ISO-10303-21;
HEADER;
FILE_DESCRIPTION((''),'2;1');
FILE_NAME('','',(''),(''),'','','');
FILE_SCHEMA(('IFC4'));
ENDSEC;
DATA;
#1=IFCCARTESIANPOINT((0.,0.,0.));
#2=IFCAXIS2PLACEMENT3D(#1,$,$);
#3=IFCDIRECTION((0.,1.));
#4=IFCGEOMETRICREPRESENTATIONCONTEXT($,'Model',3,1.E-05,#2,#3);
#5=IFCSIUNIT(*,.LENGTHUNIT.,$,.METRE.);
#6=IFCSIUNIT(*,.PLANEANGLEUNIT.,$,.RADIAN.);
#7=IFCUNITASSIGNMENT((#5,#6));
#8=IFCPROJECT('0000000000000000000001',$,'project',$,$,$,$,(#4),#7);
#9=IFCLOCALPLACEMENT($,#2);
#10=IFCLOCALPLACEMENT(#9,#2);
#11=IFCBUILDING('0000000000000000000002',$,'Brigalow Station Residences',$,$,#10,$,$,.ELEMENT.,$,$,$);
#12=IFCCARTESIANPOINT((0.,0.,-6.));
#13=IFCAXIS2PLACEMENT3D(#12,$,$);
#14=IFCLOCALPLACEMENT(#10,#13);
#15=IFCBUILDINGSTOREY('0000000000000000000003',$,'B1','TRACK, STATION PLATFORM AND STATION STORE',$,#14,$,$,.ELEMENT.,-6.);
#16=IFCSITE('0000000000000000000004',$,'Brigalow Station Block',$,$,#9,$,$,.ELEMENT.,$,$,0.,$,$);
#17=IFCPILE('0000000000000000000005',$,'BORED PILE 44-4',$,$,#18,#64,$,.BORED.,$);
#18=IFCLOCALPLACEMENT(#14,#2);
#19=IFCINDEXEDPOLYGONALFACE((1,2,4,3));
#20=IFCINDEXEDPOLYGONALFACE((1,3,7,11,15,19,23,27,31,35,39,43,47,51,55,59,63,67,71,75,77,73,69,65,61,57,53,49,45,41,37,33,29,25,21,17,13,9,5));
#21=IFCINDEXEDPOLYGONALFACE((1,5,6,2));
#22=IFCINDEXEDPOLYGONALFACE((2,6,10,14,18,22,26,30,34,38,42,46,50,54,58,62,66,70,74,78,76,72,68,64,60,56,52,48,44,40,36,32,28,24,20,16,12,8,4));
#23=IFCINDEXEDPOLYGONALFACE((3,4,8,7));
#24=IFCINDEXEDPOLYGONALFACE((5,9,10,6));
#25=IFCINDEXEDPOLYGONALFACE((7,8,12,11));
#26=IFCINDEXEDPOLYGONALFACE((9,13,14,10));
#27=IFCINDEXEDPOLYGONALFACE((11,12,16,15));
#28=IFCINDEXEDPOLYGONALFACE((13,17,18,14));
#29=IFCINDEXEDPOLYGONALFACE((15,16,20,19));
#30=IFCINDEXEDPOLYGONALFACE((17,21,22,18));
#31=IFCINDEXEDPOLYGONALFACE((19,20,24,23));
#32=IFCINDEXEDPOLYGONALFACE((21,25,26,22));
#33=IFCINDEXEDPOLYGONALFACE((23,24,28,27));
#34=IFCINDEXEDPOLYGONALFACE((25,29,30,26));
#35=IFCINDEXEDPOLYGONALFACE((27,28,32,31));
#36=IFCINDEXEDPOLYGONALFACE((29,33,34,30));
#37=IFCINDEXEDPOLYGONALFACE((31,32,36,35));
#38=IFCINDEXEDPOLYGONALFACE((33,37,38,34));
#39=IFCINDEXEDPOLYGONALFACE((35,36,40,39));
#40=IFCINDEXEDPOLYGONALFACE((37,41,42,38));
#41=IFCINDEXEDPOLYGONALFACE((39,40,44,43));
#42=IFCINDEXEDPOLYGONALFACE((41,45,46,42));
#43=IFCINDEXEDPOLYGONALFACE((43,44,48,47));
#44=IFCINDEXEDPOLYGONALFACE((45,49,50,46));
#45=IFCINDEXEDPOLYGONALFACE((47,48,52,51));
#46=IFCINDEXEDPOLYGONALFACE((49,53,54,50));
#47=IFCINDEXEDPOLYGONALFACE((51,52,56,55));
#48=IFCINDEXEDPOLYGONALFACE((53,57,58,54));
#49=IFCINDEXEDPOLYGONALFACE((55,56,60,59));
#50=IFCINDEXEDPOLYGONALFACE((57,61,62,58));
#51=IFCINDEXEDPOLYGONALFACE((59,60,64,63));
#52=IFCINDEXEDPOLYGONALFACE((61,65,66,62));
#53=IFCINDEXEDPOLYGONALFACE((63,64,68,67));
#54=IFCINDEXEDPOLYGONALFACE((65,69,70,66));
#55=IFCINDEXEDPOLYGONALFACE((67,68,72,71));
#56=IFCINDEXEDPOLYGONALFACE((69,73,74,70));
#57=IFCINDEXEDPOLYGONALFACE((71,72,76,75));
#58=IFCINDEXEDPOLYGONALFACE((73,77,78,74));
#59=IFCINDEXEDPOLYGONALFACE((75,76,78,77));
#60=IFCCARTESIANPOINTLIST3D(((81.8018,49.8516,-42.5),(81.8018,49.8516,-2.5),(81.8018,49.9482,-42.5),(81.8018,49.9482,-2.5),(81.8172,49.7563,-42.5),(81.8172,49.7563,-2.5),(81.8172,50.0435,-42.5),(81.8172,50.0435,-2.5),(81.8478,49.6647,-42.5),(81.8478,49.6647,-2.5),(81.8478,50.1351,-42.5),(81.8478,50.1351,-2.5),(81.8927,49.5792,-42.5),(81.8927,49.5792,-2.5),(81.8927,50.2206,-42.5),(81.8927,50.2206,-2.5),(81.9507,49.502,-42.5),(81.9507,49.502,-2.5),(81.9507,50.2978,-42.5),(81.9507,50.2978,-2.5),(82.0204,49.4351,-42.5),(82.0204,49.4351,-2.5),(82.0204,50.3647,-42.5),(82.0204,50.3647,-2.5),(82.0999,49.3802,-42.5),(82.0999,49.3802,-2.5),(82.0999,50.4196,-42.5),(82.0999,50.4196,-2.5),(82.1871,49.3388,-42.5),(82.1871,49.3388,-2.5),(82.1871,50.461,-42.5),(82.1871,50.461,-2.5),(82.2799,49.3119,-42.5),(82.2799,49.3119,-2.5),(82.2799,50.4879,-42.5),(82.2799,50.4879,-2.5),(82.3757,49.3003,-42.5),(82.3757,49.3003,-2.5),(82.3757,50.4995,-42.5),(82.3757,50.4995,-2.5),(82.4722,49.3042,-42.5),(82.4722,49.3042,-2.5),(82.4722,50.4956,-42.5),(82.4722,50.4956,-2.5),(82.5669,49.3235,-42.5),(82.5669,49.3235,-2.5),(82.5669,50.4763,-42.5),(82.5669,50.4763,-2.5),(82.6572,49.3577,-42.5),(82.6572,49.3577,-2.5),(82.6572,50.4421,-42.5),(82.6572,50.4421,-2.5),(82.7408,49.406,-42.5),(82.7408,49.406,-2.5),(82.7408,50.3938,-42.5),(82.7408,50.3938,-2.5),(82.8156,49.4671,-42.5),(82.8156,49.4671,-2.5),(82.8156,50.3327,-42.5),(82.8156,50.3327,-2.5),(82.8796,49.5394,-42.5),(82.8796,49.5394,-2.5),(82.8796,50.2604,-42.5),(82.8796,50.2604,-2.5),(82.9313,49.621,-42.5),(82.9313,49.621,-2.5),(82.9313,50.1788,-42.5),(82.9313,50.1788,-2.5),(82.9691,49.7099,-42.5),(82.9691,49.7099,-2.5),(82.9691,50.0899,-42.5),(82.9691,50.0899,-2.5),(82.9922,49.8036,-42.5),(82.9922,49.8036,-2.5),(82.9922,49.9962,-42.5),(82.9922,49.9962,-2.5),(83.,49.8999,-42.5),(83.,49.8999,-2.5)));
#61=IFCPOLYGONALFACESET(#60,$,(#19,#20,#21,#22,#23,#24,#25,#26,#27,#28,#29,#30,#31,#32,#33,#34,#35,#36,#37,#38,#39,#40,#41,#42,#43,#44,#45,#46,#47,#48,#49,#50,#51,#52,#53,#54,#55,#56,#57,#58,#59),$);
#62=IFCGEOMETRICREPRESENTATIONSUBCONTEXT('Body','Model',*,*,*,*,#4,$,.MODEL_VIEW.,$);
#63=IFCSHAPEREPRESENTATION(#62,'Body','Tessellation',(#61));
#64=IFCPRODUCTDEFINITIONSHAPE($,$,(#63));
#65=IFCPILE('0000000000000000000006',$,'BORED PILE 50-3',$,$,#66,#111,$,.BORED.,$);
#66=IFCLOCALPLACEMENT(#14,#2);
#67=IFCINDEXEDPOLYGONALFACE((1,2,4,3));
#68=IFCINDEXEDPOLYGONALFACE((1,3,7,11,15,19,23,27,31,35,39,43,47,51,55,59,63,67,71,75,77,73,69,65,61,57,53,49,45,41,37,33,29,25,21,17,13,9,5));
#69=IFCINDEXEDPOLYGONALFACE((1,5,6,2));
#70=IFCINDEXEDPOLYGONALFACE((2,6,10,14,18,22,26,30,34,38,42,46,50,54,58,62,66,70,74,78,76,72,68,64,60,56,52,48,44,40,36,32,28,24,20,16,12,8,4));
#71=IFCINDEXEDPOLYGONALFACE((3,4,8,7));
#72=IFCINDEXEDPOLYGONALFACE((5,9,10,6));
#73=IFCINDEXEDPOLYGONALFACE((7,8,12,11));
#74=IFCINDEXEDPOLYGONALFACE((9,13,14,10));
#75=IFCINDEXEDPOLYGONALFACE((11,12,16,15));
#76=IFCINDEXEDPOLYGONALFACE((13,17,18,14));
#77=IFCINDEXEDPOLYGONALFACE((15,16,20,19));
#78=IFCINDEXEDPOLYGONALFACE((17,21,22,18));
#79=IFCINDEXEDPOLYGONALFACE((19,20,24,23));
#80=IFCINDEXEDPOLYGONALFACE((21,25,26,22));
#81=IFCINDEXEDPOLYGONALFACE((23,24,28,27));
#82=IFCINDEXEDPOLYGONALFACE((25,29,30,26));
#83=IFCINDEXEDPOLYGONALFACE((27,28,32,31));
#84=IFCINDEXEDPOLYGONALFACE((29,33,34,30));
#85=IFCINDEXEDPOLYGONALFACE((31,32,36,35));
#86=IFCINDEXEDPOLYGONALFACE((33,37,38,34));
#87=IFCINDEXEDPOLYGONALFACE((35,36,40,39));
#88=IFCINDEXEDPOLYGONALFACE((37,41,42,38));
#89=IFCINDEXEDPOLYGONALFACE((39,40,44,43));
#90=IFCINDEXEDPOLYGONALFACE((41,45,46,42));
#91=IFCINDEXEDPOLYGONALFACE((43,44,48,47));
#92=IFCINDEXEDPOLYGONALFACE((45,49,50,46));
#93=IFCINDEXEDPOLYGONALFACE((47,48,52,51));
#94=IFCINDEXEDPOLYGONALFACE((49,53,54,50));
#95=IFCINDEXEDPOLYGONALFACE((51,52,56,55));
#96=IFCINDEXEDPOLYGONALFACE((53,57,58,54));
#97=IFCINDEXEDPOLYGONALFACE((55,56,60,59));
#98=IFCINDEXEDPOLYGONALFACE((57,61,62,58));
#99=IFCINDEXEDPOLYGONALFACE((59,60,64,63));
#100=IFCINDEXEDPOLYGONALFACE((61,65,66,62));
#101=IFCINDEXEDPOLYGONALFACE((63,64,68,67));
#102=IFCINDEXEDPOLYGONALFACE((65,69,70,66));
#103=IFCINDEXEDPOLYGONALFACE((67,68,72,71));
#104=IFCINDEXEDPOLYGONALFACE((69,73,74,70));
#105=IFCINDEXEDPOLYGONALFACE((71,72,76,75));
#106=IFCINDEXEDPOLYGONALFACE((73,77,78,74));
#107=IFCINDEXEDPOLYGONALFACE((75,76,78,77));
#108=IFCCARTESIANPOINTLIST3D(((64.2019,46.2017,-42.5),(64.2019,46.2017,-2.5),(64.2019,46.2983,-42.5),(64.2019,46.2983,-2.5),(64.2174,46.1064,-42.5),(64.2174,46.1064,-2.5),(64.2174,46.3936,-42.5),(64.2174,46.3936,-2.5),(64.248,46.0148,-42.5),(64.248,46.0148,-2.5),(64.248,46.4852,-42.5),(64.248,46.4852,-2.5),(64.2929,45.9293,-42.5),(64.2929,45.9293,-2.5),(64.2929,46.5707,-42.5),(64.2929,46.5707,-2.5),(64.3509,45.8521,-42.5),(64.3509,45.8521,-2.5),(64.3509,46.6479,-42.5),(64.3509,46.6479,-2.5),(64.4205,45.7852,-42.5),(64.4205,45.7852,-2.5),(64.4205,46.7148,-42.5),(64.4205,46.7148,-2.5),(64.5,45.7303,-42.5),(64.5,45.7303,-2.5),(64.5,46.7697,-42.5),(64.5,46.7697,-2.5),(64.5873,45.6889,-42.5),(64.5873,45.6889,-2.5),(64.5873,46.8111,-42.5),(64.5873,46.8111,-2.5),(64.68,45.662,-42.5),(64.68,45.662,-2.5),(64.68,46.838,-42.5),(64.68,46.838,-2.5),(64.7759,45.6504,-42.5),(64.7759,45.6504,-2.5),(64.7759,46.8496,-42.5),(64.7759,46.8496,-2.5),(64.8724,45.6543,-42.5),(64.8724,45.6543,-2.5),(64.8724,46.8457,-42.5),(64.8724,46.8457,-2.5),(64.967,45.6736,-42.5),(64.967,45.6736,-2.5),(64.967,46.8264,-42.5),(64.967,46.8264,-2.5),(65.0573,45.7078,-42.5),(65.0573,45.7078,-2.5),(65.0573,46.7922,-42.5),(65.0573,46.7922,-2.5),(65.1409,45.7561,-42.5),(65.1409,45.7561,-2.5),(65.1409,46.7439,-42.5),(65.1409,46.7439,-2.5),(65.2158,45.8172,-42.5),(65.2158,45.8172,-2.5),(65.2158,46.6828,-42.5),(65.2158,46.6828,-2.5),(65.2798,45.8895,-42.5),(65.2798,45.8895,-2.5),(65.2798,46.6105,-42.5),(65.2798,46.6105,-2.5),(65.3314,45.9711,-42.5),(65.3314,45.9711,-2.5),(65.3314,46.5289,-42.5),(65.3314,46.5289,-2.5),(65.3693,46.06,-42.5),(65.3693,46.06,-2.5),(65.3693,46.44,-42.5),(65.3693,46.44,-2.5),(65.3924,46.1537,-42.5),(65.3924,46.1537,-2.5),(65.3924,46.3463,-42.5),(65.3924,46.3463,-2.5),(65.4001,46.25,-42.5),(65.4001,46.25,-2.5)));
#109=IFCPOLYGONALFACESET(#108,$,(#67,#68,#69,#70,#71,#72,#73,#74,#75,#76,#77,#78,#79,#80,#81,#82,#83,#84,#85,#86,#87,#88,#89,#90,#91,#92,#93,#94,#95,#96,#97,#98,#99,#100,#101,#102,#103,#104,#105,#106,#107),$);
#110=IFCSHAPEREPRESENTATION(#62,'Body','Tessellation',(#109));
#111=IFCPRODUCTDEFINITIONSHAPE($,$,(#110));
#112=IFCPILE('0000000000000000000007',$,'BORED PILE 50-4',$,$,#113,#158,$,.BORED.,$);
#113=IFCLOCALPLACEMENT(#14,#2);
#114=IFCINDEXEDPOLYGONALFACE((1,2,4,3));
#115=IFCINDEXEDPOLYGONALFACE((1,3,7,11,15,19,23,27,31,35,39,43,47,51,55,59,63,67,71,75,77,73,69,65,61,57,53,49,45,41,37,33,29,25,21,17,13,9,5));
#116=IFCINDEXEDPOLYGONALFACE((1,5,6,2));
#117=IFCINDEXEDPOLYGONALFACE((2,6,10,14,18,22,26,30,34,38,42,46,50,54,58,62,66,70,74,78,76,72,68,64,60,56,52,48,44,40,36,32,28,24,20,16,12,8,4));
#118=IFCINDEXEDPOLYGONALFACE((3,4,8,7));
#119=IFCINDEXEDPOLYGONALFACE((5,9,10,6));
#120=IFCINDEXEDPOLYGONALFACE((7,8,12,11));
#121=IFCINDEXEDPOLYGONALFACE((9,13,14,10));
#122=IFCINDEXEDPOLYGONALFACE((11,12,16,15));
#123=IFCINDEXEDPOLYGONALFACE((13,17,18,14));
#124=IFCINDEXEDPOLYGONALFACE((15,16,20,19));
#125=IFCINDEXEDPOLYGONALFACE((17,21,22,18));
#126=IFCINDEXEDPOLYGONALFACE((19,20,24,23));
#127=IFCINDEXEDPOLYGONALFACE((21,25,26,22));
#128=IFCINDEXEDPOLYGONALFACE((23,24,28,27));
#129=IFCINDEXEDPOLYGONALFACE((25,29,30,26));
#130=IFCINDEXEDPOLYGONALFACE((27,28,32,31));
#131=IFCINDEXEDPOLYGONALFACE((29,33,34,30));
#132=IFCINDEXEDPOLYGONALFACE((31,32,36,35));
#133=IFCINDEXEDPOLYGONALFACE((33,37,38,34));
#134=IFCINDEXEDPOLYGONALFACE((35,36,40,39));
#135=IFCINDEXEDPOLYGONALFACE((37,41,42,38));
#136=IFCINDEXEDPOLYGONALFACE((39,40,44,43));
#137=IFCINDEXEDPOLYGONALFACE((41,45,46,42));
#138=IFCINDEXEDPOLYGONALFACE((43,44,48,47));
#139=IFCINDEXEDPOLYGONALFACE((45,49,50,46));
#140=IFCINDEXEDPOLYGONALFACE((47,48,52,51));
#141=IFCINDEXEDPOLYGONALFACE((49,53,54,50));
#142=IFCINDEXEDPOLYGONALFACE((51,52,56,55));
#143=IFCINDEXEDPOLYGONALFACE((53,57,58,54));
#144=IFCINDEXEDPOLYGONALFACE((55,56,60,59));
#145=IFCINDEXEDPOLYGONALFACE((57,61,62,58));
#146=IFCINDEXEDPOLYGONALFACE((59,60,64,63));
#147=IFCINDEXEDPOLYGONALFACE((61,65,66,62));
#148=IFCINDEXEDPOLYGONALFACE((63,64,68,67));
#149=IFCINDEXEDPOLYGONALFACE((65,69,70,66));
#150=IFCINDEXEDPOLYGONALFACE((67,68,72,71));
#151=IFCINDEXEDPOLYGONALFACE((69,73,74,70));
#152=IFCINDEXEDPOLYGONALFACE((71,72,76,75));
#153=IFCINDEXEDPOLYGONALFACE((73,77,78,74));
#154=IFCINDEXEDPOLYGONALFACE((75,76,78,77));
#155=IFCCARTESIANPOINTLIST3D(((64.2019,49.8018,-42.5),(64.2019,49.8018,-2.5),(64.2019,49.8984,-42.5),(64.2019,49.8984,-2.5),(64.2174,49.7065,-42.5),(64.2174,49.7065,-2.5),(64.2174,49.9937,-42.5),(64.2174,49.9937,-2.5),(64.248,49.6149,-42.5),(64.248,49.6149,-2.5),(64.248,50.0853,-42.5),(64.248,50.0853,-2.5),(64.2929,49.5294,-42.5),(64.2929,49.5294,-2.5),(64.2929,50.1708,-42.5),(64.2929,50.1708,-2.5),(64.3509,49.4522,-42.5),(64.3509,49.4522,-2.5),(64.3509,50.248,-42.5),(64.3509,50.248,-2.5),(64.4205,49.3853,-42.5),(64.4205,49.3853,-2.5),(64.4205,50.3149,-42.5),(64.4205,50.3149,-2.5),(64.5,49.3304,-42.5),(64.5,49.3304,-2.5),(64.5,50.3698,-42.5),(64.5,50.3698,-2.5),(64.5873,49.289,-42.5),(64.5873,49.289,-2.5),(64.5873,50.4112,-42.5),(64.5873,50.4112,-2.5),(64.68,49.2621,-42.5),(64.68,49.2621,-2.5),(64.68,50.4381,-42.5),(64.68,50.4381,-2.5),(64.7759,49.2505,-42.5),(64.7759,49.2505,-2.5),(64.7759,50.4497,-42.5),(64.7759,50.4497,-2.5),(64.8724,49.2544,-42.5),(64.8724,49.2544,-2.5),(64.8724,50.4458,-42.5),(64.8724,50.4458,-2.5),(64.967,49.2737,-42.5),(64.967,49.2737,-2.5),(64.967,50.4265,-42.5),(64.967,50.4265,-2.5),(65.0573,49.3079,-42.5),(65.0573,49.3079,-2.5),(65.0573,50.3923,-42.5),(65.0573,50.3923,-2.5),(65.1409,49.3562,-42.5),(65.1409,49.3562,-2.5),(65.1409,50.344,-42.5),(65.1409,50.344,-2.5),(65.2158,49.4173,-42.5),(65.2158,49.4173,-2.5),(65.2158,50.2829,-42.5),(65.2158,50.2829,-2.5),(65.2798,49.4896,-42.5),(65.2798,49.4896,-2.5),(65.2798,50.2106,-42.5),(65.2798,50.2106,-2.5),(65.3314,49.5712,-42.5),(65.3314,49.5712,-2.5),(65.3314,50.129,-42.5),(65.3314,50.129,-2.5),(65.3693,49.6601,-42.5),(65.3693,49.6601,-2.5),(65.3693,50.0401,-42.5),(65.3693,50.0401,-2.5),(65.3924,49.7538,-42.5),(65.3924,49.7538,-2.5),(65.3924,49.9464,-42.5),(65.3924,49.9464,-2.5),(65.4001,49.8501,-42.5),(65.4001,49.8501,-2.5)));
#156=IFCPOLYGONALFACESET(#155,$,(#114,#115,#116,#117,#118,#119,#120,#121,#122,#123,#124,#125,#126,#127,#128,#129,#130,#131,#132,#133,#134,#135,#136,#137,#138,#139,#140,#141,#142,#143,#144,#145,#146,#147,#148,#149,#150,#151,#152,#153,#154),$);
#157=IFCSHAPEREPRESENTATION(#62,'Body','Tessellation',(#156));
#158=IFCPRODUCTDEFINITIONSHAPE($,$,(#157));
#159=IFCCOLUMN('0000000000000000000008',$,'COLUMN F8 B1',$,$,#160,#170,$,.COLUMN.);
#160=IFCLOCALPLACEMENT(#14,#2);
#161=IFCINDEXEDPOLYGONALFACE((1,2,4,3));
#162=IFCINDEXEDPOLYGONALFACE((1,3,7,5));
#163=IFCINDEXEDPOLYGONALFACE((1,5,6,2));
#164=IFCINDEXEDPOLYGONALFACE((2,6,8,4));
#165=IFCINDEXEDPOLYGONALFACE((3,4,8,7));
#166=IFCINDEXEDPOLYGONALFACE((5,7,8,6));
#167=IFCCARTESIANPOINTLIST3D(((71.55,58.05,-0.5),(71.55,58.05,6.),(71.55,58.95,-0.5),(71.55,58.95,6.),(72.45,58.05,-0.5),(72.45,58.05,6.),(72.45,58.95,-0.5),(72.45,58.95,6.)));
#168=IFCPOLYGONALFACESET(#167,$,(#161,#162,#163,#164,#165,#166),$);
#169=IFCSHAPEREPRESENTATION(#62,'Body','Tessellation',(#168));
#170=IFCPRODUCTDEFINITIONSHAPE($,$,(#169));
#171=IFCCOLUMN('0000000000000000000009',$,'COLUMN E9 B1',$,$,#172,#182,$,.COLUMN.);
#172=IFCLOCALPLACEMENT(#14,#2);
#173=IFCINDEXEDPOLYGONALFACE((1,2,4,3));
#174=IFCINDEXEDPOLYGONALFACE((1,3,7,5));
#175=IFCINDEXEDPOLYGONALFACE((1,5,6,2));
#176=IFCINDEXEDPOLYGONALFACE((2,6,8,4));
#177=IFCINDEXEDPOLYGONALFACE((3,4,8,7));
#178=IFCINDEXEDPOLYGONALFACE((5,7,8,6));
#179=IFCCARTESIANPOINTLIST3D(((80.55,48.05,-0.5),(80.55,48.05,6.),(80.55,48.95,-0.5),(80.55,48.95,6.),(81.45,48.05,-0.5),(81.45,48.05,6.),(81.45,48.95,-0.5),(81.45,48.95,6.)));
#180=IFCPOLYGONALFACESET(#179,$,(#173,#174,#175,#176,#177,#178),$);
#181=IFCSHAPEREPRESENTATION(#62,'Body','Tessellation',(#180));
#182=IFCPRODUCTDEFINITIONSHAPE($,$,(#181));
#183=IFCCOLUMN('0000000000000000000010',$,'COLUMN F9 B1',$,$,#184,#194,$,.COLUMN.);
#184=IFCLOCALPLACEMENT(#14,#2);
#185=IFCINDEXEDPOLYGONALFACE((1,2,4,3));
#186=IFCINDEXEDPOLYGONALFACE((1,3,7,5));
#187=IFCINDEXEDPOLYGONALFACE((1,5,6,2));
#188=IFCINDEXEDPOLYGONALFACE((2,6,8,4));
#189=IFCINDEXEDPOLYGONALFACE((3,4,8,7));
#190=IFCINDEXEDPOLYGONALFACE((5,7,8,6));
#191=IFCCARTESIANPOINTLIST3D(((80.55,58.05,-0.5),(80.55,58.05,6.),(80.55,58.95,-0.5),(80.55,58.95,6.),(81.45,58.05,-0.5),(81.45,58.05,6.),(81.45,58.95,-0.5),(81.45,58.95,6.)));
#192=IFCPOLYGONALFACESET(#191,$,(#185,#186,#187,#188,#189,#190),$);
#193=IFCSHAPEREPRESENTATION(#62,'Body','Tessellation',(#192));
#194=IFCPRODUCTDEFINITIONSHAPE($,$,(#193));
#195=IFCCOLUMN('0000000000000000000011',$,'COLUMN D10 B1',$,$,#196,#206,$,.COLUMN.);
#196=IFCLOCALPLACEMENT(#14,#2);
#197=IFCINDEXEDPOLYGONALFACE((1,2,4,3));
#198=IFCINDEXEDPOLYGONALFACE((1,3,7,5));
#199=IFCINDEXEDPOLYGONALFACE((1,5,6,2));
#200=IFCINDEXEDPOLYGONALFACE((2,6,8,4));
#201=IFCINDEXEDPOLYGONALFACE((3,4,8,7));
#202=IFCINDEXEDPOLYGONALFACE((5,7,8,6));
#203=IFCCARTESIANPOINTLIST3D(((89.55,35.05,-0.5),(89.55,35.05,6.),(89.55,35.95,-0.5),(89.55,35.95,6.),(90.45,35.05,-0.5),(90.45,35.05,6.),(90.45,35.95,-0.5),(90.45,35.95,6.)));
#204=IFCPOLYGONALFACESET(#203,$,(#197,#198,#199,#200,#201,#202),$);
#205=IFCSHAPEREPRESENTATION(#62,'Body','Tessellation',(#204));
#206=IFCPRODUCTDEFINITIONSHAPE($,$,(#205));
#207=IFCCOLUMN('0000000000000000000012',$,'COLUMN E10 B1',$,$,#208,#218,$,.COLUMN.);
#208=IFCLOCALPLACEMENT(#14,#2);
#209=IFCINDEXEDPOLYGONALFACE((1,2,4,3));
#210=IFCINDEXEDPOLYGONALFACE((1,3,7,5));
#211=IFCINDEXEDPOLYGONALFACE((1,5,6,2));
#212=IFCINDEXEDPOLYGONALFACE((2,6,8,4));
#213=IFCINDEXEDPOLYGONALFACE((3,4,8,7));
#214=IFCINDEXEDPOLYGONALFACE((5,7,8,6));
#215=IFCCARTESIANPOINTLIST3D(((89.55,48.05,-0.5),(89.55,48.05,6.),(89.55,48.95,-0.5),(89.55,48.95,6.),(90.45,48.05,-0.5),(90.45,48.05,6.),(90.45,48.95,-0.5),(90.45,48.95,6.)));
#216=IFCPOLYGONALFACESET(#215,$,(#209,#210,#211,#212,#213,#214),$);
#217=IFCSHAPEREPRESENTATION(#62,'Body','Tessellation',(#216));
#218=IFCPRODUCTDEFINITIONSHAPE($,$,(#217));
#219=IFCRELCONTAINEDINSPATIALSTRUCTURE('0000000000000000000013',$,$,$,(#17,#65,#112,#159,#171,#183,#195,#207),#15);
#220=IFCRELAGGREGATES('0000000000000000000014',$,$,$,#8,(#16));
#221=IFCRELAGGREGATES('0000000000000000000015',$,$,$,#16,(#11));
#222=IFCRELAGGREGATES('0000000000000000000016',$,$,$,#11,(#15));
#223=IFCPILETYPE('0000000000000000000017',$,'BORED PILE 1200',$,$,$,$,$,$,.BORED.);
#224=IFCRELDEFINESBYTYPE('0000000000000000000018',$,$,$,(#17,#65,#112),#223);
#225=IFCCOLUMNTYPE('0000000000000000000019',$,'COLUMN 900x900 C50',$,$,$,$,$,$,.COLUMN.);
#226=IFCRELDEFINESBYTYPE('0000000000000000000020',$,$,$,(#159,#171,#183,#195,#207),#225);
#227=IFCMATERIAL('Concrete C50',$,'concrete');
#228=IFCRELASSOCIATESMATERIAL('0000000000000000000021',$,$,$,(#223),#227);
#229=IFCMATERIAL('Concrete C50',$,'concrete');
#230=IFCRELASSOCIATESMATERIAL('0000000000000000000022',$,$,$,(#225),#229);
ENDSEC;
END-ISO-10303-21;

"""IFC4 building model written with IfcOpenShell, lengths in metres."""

from ifc_helpers import new_model, si_unit, direction, frame, origin, origin_2d, place, context, subcontext, project, spatial, rectangle, circle, extrude, material, material_profile, profile_set, type_object, element, save


model = new_model("IFC4")

# Units and contexts
model_context = context("Model", 3, precision=1e-05, world=origin(), true_north=direction((0.0, 1.0)))
body_context = subcontext(model_context, "Body", "Model", "MODEL_VIEW")
ifc_project = project(units=[si_unit("LENGTHUNIT", "METRE"), si_unit("PLANEANGLEUNIT", "RADIAN")], contexts=[model_context])

# Site, building, storey
site_placement = place(None, origin())
site = spatial("IfcSite", under=ifc_project, at=site_placement, Name="Brigalow Station Block", CompositionType="ELEMENT", RefElevation=0.0)
building_placement = place(site_placement, origin())
building = spatial("IfcBuilding", under=site, at=building_placement, Name="Brigalow Station Residences", CompositionType="ELEMENT")
storey_placement = place(building_placement, frame((0.0, 0.0, -6.0)))
storey = spatial("IfcBuildingStorey", under=building, at=storey_placement, Name="B1", Description="TRACK, STATION PLATFORM AND STATION STORE", CompositionType="ELEMENT", Elevation=-6.0)

# Piles
ifc_material_1 = material(Name="Concrete C50", Category="concrete")
ifc_material_profile_1 = material_profile(ifc_material_1, circle(Radius=0.6001, at=origin_2d()), Name="BP1200")
ifc_profile_set_1 = profile_set([ifc_material_profile_1], Name="Concrete C50")
pile_type_1 = type_object("IfcPileType", Name="BORED PILE 1200", PredefinedType="BORED", material=ifc_profile_set_1)
for number, where, z_axis, x_axis, name in (
    (1, (82.3999, 49.8999, -2.5), (0.0, 0.0, -1.0), (1.0, 0.0, 0.0), "BORED PILE 44-4"),
    (2, (64.8, 46.25, -2.5), (0.0, 0.0, -1.0), (1.0, 0.0, 0.0), "BORED PILE 50-3"),
    (3, (64.8, 49.8501, -2.5), (0.0, 0.0, -1.0), (1.0, 0.0, 0.0), "BORED PILE 50-4"),
):
    element("IfcPile", number, at=place(storey_placement, frame(where, z_axis=z_axis, x_axis=x_axis)), inside=storey, type_object=pile_type_1, Name=name, PredefinedType="BORED", context=body_context, shape_type="SweptSolid", body=[
        extrude(circle(Radius=0.6001, at=origin_2d()), origin(), (0.0, 0.0, 1.0), 40.0),
    ])

# Columns
ifc_material_2 = material(Name="Concrete C50", Category="concrete")
ifc_material_profile_2 = material_profile(ifc_material_2, rectangle(XDim=0.8999, YDim=0.8999, at=origin_2d()), Name="RC900x900")
ifc_profile_set_2 = profile_set([ifc_material_profile_2], Name="Concrete C50")
column_type_1 = type_object("IfcColumnType", Name="COLUMN 900x900 C50", PredefinedType="COLUMN", material=ifc_profile_set_2)
for number, where, z_axis, x_axis, name in (
    (4, (72.0, 58.5, -0.5), (0.0, 0.0, 1.0), (1.0, 0.0, 0.0), "COLUMN F8 B1"),
    (5, (81.0, 48.5, -0.5), (0.0, 0.0, 1.0), (1.0, 0.0, 0.0), "COLUMN E9 B1"),
    (6, (81.0, 58.5, -0.5), (0.0, 0.0, 1.0), (1.0, 0.0, 0.0), "COLUMN F9 B1"),
    (7, (90.0, 35.5, -0.5), (0.0, 0.0, 1.0), (1.0, 0.0, 0.0), "COLUMN D10 B1"),
    (8, (90.0, 48.5, -0.5), (0.0, 0.0, 1.0), (1.0, 0.0, 0.0), "COLUMN E10 B1"),
):
    element("IfcColumn", number, at=place(storey_placement, frame(where, z_axis=z_axis, x_axis=x_axis)), inside=storey, type_object=column_type_1, Name=name, PredefinedType="COLUMN", context=body_context, shape_type="SweptSolid", body=[
        extrude(rectangle(XDim=0.8999, YDim=0.8999, at=origin_2d()), origin(), (0.0, 0.0, 1.0), 6.5),
    ])

save(model, "model.ifc")
